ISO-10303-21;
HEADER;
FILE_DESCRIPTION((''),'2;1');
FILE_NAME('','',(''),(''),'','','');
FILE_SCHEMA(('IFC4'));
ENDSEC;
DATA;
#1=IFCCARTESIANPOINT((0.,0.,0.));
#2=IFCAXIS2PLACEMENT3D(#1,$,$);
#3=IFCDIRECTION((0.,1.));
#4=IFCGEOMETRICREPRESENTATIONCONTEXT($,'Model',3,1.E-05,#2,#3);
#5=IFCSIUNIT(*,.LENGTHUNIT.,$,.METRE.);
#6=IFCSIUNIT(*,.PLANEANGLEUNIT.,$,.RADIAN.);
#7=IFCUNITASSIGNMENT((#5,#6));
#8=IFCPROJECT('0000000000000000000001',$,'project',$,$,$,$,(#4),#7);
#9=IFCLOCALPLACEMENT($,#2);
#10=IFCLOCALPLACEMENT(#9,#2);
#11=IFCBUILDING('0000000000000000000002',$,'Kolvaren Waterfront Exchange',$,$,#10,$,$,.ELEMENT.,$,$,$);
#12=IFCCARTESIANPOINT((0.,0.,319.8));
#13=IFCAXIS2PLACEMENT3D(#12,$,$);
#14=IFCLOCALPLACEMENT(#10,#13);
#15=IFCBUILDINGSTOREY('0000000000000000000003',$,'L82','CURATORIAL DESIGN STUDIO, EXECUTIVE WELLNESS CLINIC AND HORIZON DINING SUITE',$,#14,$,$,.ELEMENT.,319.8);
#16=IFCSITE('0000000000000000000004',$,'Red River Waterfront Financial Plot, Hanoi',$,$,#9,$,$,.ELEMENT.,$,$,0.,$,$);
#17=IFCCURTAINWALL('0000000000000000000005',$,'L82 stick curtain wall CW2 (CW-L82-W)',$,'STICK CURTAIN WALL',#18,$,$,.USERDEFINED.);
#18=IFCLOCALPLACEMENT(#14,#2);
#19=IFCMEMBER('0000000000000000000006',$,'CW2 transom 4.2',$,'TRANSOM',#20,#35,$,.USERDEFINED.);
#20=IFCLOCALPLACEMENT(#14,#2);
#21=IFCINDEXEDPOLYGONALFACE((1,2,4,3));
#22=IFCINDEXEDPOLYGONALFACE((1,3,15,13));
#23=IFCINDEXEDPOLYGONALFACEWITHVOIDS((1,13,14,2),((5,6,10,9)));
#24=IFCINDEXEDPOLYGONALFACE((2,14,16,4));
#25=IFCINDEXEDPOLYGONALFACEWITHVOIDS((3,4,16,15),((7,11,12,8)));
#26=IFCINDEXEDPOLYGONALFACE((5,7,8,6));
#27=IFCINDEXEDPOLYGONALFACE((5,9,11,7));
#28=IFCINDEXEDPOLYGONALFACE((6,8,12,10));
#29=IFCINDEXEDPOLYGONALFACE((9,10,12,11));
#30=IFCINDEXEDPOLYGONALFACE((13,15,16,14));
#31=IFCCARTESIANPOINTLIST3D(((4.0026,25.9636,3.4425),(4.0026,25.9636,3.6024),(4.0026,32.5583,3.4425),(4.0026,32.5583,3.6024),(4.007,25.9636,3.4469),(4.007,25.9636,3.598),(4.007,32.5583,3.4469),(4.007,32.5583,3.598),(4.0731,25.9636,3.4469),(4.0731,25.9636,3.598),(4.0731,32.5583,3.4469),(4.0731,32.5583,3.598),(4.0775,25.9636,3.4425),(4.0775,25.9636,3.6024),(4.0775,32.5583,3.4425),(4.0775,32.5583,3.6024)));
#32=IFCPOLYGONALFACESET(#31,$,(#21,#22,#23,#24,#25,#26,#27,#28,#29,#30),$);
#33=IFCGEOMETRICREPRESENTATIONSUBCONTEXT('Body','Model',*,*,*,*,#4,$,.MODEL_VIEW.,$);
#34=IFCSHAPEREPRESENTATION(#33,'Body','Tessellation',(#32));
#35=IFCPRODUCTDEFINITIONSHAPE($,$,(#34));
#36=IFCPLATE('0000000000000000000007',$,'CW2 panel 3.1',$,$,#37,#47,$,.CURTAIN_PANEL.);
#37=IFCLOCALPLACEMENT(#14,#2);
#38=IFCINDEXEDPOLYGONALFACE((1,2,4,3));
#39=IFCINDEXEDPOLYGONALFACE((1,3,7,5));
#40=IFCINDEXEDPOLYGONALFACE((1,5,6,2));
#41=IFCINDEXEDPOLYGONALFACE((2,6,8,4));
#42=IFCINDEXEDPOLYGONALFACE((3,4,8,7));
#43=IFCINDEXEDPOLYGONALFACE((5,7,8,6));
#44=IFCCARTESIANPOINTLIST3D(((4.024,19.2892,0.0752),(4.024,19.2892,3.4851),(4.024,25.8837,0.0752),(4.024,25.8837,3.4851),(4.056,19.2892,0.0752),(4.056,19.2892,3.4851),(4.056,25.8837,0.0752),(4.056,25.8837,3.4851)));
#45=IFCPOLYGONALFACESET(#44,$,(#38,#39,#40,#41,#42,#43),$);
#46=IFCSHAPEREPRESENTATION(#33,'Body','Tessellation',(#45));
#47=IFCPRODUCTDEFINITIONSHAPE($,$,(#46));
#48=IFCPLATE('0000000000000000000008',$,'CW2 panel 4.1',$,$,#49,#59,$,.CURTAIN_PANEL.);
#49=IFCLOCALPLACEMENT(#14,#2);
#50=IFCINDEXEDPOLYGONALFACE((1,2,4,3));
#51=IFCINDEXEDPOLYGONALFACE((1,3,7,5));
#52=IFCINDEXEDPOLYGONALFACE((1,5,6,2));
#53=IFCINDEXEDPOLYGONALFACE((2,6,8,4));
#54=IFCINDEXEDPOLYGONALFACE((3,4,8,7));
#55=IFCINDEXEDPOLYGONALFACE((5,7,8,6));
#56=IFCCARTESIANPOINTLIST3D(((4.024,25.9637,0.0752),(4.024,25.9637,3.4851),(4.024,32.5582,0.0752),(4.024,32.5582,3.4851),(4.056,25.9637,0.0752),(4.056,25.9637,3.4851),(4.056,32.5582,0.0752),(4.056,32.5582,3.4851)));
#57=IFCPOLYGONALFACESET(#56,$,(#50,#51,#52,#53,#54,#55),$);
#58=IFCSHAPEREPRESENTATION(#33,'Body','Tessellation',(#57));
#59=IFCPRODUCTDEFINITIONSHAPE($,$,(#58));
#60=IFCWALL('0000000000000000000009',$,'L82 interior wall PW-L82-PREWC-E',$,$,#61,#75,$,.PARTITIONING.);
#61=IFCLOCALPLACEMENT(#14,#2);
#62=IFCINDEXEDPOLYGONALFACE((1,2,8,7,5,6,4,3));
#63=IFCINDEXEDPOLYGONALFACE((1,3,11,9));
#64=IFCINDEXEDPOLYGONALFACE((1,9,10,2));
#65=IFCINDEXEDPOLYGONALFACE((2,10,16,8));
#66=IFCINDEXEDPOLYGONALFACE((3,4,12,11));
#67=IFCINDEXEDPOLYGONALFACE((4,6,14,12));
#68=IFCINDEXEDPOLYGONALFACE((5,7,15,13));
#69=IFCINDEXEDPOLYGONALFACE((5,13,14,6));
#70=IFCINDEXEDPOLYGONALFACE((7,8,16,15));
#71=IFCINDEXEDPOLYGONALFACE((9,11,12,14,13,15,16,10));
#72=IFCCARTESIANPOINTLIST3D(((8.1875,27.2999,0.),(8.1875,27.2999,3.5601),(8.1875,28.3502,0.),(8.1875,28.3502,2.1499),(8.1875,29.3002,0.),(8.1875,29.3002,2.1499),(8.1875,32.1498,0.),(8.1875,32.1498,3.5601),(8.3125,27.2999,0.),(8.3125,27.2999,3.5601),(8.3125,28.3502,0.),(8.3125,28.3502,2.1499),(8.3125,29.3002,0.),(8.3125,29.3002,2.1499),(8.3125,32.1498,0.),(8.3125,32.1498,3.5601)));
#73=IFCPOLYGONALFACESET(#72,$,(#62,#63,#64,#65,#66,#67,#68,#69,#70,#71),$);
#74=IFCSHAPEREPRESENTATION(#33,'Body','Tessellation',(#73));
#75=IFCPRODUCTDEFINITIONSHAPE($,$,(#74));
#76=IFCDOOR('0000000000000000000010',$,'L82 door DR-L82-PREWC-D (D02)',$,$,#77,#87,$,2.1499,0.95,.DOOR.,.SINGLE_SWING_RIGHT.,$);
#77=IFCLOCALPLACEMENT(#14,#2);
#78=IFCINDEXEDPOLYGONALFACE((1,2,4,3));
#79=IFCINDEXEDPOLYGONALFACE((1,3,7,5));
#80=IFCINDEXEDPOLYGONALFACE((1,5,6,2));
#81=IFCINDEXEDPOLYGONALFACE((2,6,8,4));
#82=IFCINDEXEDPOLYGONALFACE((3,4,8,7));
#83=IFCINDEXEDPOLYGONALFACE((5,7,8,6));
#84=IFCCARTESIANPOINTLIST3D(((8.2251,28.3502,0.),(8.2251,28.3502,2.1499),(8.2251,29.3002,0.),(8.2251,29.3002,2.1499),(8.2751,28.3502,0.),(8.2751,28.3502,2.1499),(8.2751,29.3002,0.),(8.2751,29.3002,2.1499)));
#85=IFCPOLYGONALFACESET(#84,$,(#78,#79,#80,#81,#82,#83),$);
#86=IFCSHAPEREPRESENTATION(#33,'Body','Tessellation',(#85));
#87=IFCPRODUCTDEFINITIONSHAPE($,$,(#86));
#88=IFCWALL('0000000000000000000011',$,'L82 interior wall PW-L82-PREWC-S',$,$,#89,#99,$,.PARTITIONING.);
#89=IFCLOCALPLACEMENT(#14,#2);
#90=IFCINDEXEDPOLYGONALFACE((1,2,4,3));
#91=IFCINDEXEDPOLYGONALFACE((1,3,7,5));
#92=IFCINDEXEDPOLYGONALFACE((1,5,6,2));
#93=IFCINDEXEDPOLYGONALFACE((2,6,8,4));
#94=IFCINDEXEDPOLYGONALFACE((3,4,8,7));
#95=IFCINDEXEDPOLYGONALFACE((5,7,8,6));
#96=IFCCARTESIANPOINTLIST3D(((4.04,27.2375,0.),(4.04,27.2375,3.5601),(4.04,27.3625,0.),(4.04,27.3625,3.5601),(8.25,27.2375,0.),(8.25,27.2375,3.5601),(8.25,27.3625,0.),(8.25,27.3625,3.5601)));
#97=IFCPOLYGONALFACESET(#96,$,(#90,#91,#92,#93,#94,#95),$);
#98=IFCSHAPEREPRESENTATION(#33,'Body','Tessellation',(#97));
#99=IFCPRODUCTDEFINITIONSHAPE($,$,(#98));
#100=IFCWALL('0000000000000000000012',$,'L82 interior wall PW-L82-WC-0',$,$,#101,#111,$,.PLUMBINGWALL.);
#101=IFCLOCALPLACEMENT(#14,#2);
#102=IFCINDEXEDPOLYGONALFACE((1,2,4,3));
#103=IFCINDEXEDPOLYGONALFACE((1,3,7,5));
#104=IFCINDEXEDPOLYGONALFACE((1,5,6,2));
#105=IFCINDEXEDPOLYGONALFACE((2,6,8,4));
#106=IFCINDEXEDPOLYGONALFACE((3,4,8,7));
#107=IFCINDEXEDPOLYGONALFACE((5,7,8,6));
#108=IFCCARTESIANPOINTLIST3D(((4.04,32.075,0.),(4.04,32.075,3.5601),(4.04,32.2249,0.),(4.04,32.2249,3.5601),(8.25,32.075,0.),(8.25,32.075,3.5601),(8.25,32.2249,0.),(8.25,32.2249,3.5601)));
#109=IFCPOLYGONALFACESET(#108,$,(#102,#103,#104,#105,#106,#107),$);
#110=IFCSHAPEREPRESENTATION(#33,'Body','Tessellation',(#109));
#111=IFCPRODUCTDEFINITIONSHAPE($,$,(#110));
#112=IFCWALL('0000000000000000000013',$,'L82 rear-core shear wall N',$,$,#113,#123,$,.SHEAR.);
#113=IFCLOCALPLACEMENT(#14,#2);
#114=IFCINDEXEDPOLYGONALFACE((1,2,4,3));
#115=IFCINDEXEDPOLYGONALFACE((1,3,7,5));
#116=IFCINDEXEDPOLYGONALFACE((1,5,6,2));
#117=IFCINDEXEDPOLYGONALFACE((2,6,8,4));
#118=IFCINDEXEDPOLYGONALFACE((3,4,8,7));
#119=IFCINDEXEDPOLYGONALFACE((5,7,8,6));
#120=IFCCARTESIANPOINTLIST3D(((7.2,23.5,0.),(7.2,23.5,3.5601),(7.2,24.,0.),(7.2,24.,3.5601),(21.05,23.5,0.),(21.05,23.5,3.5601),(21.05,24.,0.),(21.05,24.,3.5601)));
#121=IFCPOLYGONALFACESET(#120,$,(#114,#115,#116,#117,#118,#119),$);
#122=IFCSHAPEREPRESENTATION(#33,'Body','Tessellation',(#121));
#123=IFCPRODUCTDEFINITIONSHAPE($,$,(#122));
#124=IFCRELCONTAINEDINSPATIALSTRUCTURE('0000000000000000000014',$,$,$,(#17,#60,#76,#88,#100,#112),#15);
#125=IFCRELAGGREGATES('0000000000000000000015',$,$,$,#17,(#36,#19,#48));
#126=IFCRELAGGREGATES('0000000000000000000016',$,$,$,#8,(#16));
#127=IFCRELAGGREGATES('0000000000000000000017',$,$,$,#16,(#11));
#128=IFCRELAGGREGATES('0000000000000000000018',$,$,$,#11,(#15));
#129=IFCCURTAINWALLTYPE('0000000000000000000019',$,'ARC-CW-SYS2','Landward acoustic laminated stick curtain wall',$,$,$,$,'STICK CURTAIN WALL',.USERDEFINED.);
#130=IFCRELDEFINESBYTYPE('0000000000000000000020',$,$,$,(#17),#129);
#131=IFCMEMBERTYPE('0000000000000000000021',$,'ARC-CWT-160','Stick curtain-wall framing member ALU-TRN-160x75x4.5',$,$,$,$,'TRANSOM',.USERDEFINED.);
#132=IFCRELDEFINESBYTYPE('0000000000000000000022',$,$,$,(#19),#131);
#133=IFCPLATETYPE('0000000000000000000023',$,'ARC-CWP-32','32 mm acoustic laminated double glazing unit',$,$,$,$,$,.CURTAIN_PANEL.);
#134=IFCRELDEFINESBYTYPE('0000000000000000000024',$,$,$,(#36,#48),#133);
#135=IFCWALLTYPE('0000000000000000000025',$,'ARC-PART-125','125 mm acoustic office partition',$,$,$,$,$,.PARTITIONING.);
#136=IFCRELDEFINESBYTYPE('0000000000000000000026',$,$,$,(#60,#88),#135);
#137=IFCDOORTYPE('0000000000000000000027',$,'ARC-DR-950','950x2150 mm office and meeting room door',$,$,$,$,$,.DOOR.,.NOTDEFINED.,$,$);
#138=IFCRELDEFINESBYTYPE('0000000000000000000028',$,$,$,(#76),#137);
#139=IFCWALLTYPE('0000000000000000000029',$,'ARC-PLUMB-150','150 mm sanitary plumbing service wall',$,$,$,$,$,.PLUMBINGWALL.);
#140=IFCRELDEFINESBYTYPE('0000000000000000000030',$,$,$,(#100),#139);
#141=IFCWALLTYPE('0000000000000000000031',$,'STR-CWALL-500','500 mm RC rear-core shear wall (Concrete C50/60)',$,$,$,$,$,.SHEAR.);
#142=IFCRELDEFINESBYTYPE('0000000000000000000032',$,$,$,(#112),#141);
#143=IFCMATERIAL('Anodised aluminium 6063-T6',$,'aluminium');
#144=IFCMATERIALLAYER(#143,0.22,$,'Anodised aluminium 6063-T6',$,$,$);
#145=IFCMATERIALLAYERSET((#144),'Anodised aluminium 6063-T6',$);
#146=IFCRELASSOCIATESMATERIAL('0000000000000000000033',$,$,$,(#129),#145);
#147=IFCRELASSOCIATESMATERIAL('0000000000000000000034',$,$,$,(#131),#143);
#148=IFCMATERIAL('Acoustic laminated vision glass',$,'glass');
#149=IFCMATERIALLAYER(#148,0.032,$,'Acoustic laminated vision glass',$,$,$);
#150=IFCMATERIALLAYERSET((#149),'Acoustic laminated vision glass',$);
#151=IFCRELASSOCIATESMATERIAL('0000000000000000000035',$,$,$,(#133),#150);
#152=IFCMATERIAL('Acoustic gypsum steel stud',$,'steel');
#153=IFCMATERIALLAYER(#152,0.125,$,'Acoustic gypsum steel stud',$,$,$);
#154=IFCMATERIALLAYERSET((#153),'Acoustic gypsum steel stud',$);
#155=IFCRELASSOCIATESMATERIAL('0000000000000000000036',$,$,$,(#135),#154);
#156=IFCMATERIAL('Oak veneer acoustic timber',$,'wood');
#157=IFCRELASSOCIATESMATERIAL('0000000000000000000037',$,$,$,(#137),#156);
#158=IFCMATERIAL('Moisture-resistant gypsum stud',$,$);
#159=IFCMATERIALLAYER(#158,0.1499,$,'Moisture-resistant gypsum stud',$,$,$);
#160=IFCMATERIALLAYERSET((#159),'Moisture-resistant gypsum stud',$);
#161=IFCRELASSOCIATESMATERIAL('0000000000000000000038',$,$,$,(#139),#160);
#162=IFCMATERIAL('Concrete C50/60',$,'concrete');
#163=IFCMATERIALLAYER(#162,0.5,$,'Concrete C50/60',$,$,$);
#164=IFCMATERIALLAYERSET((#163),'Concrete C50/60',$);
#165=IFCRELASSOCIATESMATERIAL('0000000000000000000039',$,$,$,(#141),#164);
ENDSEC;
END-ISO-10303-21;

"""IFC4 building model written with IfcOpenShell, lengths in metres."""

from ifc_helpers import new_model, si_unit, direction, frame, frame_2d, origin, origin_with_axes, origin_2d, place, context, subcontext, project, spatial, rectangle, hollow_rectangle, extrude, source, transform, mapped, material, layer, layer_set, material_profile, profile_set, type_object, element, fill, aggregate, save


model = new_model("IFC4")

# Units and contexts
model_context = context("Model", 3, precision=1e-05, world=origin(), true_north=direction((0.0, 1.0)))
body_context = subcontext(model_context, "Body", "Model", "MODEL_VIEW")
ifc_project = project(units=[si_unit("LENGTHUNIT", "METRE"), si_unit("PLANEANGLEUNIT", "RADIAN")], contexts=[model_context])

# Site, building, storey
site_placement = place(None, origin())
site = spatial("IfcSite", under=ifc_project, at=site_placement, Name="Red River Waterfront Financial Plot, Hanoi", CompositionType="ELEMENT", RefElevation=0.0)
building_placement = place(site_placement, origin())
building = spatial("IfcBuilding", under=site, at=building_placement, Name="Kolvaren Waterfront Exchange", CompositionType="ELEMENT")
storey_placement = place(building_placement, frame((0.0, 0.0, 319.8)))
storey = spatial("IfcBuildingStorey", under=building, at=storey_placement, Name="L82", Description="CURATORIAL DESIGN STUDIO, EXECUTIVE WELLNESS CLINIC AND HORIZON DINING SUITE", CompositionType="ELEMENT", Elevation=319.8)

# Shared definitions
ifc_material_1 = material(Name="Concrete C50/60", Category="concrete")

# Curtain wall, member, plates
ifc_material_2 = material(Name="Anodised aluminium 6063-T6", Category="aluminium")
ifc_layer_1 = layer(ifc_material_2, 0.22, Name="Anodised aluminium 6063-T6")
ifc_layer_set_1 = layer_set([ifc_layer_1], Name="Anodised aluminium 6063-T6")
curtain_wall_type = type_object("IfcCurtainWallType", Name="ARC-CW-SYS2", Description="Landward acoustic laminated stick curtain wall", ElementType="STICK CURTAIN WALL", PredefinedType="USERDEFINED", material=ifc_layer_set_1)
curtain_wall_placement = place(storey_placement, origin())
curtain_wall = element("IfcCurtainWall", 1, at=curtain_wall_placement, inside=storey, type_object=curtain_wall_type, Name="L82 stick curtain wall CW2 (CW-L82-W)", ObjectType="STICK CURTAIN WALL", PredefinedType="USERDEFINED")
ifc_material_profile_1 = material_profile(ifc_material_2, hollow_rectangle(XDim=0.075, YDim=0.1599, WallThickness=0.0044, at=origin_2d()), Name="ALU-TRN-160x75x4.5")
ifc_profile_set_1 = profile_set([ifc_material_profile_1], Name="Anodised aluminium 6063-T6")
member_type_1 = type_object("IfcMemberType", Name="ARC-CWT-160", Description="Stick curtain-wall framing member ALU-TRN-160x75x4.5", ElementType="TRANSOM", PredefinedType="USERDEFINED", material=ifc_profile_set_1)
shared_shape_1 = source(origin_with_axes(), body_context, "Body", "SweptSolid", [
    extrude(hollow_rectangle(XDim=0.075, YDim=0.1599, WallThickness=0.0044, at=origin_2d()), origin(), (0.0, 0.0, 1.0), 6.5947),
])
member_1_placement = place(storey_placement, frame((4.04, 25.9636, 3.5225), z_axis=(0.0, 1.0, 0.0), x_axis=(-1.0, 0.0, 0.0)))
member_1 = element("IfcMember", 2, at=member_1_placement, type_object=member_type_1, Name="CW2 transom 4.2", ObjectType="TRANSOM", PredefinedType="USERDEFINED", context=body_context, shape_type="MappedRepresentation", body=[
    mapped(shared_shape_1, transform((0.0, 0.0, 0.0), x_axis=(1.0, 0.0, 0.0), y_axis=(0.0, 1.0, 0.0), z_axis=(0.0, 0.0, 1.0), scale=1.0)),
])
ifc_material_3 = material(Name="Acoustic laminated vision glass", Category="glass")
ifc_layer_2 = layer(ifc_material_3, 0.032, Name="Acoustic laminated vision glass")
ifc_layer_set_2 = layer_set([ifc_layer_2], Name="Acoustic laminated vision glass")
plate_type = type_object("IfcPlateType", Name="ARC-CWP-32", Description="32 mm acoustic laminated double glazing unit", PredefinedType="CURTAIN_PANEL", material=ifc_layer_set_2)
shared_shape_2 = source(origin_with_axes(), body_context, "Body", "SweptSolid", [
    extrude(rectangle(XDim=6.5945, YDim=0.032, at=origin_2d()), origin(), (0.0, 0.0, 1.0), 3.4099),
])
plate_1_placement = place(storey_placement, frame((4.04, 22.5864, 0.0752), z_axis=(0.0, 0.0, 1.0), x_axis=(0.0, 1.0, 0.0)))
plate_1 = element("IfcPlate", 3, at=plate_1_placement, type_object=plate_type, Name="CW2 panel 3.1", PredefinedType="CURTAIN_PANEL", context=body_context, shape_type="MappedRepresentation", body=[
    mapped(shared_shape_2, transform((0.0, 0.0, 0.0), x_axis=(1.0, 0.0, 0.0), y_axis=(0.0, 1.0, 0.0), z_axis=(0.0, 0.0, 1.0), scale=1.0)),
])
plate_2_placement = place(storey_placement, frame((4.04, 29.261, 0.0752), z_axis=(0.0, 0.0, 1.0), x_axis=(0.0, 1.0, 0.0)))
plate_2 = element("IfcPlate", 4, at=plate_2_placement, type_object=plate_type, Name="CW2 panel 4.1", PredefinedType="CURTAIN_PANEL", context=body_context, shape_type="MappedRepresentation", body=[
    mapped(shared_shape_2, transform((0.0, 0.0, 0.0), x_axis=(1.0, 0.0, 0.0), y_axis=(0.0, 1.0, 0.0), z_axis=(0.0, 0.0, 1.0), scale=1.0)),
])
aggregate(curtain_wall, [plate_1, member_1, plate_2])

# Wall, opening, door
ifc_material_4 = material(Name="Acoustic gypsum steel stud", Category="steel")
ifc_layer_3 = layer(ifc_material_4, 0.125, Name="Acoustic gypsum steel stud")
ifc_layer_set_3 = layer_set([ifc_layer_3], Name="Acoustic gypsum steel stud")
wall_type_1 = type_object("IfcWallType", Name="ARC-PART-125", Description="125 mm acoustic office partition", PredefinedType="PARTITIONING", material=ifc_layer_set_3)
wall_1_placement = place(storey_placement, frame((8.25, 27.3, 0.0), z_axis=(0.0, 0.0, 1.0), x_axis=(0.0, 1.0, 0.0)))
wall_1 = element("IfcWall", 5, at=wall_1_placement, inside=storey, type_object=wall_type_1, Name="L82 interior wall PW-L82-PREWC-E", PredefinedType="PARTITIONING", context=body_context, shape_type="SweptSolid", body=[
    extrude(rectangle(XDim=4.8499, YDim=0.125, at=frame_2d((2.4248, 0.0))), origin(), (0.0, 0.0, 1.0), 3.5601),
])
opening_1_placement = place(wall_1_placement, frame((1.05, 0.0, 0.0)))
opening_1 = element("IfcOpeningElement", 6, at=opening_1_placement, cuts=wall_1, PredefinedType="OPENING", context=body_context, shape_type="SweptSolid", body=[
    extrude(rectangle(XDim=0.95, YDim=2.1499, at=frame_2d((0.4751, 1.075))), frame((0.0, 0.0725, 0.0), z_axis=(0.0, -1.0, 0.0), x_axis=(1.0, 0.0, 0.0)), (0.0, 0.0, 1.0), 0.145),
])
ifc_material_5 = material(Name="Oak veneer acoustic timber", Category="wood")
door_type_1 = type_object("IfcDoorType", Name="ARC-DR-950", Description="950x2150 mm office and meeting room door", OperationType="NOTDEFINED", PredefinedType="DOOR", material=ifc_material_5)
door_1_placement = place(opening_1_placement, origin())
door_1 = element("IfcDoor", 7, at=door_1_placement, inside=storey, type_object=door_type_1, Name="L82 door DR-L82-PREWC-D (D02)", OperationType="SINGLE_SWING_RIGHT", OverallHeight=2.1499, OverallWidth=0.95, PredefinedType="DOOR", context=body_context, shape_type="SweptSolid", body=[
    extrude(rectangle(XDim=0.95, YDim=2.1499, at=frame_2d((0.4751, 1.075))), frame((0.0, 0.0249, 0.0), z_axis=(0.0, -1.0, 0.0), x_axis=(1.0, 0.0, 0.0)), (0.0, 0.0, 1.0), 0.05),
])
fill(opening_1, door_1)

# Wall
wall_2_placement = place(storey_placement, frame((4.04, 27.3, 0.0), z_axis=(0.0, 0.0, 1.0), x_axis=(1.0, 0.0, 0.0)))
element("IfcWall", 8, at=wall_2_placement, inside=storey, type_object=wall_type_1, Name="L82 interior wall PW-L82-PREWC-S", PredefinedType="PARTITIONING", context=body_context, shape_type="SweptSolid", body=[
    extrude(rectangle(XDim=4.21, YDim=0.125, at=frame_2d((2.105, 0.0))), origin(), (0.0, 0.0, 1.0), 3.5601),
])

# Walls
ifc_material_6 = material(Name="Moisture-resistant gypsum stud")
ifc_layer_4 = layer(ifc_material_6, 0.1499, Name="Moisture-resistant gypsum stud")
ifc_layer_set_4 = layer_set([ifc_layer_4], Name="Moisture-resistant gypsum stud")
wall_type_2 = type_object("IfcWallType", Name="ARC-PLUMB-150", Description="150 mm sanitary plumbing service wall", PredefinedType="PLUMBINGWALL", material=ifc_layer_set_4)
wall_3_placement = place(storey_placement, frame((4.04, 32.1499, 0.0), z_axis=(0.0, 0.0, 1.0), x_axis=(1.0, 0.0, 0.0)))
element("IfcWall", 9, at=wall_3_placement, inside=storey, type_object=wall_type_2, Name="L82 interior wall PW-L82-WC-0", PredefinedType="PLUMBINGWALL", context=body_context, shape_type="SweptSolid", body=[
    extrude(rectangle(XDim=4.21, YDim=0.1499, at=frame_2d((2.105, 0.0))), origin(), (0.0, 0.0, 1.0), 3.5601),
])
ifc_layer_5 = layer(ifc_material_1, 0.5, Name="Concrete C50/60")
ifc_layer_set_5 = layer_set([ifc_layer_5], Name="Concrete C50/60")
wall_type_3 = type_object("IfcWallType", Name="STR-CWALL-500", Description="500 mm RC rear-core shear wall (Concrete C50/60)", PredefinedType="SHEAR", material=ifc_layer_set_5)
wall_4_placement = place(storey_placement, frame((7.2, 23.75, 0.0), z_axis=(0.0, 0.0, 1.0), x_axis=(1.0, 0.0, 0.0)))
element("IfcWall", 10, at=wall_4_placement, inside=storey, type_object=wall_type_3, Name="L82 rear-core shear wall N", PredefinedType="SHEAR", context=body_context, shape_type="SweptSolid", body=[
    extrude(rectangle(XDim=13.8501, YDim=0.5, at=frame_2d((6.925, 0.0))), origin(), (0.0, 0.0, 1.0), 3.5601),
])

save(model, "model.ifc")
